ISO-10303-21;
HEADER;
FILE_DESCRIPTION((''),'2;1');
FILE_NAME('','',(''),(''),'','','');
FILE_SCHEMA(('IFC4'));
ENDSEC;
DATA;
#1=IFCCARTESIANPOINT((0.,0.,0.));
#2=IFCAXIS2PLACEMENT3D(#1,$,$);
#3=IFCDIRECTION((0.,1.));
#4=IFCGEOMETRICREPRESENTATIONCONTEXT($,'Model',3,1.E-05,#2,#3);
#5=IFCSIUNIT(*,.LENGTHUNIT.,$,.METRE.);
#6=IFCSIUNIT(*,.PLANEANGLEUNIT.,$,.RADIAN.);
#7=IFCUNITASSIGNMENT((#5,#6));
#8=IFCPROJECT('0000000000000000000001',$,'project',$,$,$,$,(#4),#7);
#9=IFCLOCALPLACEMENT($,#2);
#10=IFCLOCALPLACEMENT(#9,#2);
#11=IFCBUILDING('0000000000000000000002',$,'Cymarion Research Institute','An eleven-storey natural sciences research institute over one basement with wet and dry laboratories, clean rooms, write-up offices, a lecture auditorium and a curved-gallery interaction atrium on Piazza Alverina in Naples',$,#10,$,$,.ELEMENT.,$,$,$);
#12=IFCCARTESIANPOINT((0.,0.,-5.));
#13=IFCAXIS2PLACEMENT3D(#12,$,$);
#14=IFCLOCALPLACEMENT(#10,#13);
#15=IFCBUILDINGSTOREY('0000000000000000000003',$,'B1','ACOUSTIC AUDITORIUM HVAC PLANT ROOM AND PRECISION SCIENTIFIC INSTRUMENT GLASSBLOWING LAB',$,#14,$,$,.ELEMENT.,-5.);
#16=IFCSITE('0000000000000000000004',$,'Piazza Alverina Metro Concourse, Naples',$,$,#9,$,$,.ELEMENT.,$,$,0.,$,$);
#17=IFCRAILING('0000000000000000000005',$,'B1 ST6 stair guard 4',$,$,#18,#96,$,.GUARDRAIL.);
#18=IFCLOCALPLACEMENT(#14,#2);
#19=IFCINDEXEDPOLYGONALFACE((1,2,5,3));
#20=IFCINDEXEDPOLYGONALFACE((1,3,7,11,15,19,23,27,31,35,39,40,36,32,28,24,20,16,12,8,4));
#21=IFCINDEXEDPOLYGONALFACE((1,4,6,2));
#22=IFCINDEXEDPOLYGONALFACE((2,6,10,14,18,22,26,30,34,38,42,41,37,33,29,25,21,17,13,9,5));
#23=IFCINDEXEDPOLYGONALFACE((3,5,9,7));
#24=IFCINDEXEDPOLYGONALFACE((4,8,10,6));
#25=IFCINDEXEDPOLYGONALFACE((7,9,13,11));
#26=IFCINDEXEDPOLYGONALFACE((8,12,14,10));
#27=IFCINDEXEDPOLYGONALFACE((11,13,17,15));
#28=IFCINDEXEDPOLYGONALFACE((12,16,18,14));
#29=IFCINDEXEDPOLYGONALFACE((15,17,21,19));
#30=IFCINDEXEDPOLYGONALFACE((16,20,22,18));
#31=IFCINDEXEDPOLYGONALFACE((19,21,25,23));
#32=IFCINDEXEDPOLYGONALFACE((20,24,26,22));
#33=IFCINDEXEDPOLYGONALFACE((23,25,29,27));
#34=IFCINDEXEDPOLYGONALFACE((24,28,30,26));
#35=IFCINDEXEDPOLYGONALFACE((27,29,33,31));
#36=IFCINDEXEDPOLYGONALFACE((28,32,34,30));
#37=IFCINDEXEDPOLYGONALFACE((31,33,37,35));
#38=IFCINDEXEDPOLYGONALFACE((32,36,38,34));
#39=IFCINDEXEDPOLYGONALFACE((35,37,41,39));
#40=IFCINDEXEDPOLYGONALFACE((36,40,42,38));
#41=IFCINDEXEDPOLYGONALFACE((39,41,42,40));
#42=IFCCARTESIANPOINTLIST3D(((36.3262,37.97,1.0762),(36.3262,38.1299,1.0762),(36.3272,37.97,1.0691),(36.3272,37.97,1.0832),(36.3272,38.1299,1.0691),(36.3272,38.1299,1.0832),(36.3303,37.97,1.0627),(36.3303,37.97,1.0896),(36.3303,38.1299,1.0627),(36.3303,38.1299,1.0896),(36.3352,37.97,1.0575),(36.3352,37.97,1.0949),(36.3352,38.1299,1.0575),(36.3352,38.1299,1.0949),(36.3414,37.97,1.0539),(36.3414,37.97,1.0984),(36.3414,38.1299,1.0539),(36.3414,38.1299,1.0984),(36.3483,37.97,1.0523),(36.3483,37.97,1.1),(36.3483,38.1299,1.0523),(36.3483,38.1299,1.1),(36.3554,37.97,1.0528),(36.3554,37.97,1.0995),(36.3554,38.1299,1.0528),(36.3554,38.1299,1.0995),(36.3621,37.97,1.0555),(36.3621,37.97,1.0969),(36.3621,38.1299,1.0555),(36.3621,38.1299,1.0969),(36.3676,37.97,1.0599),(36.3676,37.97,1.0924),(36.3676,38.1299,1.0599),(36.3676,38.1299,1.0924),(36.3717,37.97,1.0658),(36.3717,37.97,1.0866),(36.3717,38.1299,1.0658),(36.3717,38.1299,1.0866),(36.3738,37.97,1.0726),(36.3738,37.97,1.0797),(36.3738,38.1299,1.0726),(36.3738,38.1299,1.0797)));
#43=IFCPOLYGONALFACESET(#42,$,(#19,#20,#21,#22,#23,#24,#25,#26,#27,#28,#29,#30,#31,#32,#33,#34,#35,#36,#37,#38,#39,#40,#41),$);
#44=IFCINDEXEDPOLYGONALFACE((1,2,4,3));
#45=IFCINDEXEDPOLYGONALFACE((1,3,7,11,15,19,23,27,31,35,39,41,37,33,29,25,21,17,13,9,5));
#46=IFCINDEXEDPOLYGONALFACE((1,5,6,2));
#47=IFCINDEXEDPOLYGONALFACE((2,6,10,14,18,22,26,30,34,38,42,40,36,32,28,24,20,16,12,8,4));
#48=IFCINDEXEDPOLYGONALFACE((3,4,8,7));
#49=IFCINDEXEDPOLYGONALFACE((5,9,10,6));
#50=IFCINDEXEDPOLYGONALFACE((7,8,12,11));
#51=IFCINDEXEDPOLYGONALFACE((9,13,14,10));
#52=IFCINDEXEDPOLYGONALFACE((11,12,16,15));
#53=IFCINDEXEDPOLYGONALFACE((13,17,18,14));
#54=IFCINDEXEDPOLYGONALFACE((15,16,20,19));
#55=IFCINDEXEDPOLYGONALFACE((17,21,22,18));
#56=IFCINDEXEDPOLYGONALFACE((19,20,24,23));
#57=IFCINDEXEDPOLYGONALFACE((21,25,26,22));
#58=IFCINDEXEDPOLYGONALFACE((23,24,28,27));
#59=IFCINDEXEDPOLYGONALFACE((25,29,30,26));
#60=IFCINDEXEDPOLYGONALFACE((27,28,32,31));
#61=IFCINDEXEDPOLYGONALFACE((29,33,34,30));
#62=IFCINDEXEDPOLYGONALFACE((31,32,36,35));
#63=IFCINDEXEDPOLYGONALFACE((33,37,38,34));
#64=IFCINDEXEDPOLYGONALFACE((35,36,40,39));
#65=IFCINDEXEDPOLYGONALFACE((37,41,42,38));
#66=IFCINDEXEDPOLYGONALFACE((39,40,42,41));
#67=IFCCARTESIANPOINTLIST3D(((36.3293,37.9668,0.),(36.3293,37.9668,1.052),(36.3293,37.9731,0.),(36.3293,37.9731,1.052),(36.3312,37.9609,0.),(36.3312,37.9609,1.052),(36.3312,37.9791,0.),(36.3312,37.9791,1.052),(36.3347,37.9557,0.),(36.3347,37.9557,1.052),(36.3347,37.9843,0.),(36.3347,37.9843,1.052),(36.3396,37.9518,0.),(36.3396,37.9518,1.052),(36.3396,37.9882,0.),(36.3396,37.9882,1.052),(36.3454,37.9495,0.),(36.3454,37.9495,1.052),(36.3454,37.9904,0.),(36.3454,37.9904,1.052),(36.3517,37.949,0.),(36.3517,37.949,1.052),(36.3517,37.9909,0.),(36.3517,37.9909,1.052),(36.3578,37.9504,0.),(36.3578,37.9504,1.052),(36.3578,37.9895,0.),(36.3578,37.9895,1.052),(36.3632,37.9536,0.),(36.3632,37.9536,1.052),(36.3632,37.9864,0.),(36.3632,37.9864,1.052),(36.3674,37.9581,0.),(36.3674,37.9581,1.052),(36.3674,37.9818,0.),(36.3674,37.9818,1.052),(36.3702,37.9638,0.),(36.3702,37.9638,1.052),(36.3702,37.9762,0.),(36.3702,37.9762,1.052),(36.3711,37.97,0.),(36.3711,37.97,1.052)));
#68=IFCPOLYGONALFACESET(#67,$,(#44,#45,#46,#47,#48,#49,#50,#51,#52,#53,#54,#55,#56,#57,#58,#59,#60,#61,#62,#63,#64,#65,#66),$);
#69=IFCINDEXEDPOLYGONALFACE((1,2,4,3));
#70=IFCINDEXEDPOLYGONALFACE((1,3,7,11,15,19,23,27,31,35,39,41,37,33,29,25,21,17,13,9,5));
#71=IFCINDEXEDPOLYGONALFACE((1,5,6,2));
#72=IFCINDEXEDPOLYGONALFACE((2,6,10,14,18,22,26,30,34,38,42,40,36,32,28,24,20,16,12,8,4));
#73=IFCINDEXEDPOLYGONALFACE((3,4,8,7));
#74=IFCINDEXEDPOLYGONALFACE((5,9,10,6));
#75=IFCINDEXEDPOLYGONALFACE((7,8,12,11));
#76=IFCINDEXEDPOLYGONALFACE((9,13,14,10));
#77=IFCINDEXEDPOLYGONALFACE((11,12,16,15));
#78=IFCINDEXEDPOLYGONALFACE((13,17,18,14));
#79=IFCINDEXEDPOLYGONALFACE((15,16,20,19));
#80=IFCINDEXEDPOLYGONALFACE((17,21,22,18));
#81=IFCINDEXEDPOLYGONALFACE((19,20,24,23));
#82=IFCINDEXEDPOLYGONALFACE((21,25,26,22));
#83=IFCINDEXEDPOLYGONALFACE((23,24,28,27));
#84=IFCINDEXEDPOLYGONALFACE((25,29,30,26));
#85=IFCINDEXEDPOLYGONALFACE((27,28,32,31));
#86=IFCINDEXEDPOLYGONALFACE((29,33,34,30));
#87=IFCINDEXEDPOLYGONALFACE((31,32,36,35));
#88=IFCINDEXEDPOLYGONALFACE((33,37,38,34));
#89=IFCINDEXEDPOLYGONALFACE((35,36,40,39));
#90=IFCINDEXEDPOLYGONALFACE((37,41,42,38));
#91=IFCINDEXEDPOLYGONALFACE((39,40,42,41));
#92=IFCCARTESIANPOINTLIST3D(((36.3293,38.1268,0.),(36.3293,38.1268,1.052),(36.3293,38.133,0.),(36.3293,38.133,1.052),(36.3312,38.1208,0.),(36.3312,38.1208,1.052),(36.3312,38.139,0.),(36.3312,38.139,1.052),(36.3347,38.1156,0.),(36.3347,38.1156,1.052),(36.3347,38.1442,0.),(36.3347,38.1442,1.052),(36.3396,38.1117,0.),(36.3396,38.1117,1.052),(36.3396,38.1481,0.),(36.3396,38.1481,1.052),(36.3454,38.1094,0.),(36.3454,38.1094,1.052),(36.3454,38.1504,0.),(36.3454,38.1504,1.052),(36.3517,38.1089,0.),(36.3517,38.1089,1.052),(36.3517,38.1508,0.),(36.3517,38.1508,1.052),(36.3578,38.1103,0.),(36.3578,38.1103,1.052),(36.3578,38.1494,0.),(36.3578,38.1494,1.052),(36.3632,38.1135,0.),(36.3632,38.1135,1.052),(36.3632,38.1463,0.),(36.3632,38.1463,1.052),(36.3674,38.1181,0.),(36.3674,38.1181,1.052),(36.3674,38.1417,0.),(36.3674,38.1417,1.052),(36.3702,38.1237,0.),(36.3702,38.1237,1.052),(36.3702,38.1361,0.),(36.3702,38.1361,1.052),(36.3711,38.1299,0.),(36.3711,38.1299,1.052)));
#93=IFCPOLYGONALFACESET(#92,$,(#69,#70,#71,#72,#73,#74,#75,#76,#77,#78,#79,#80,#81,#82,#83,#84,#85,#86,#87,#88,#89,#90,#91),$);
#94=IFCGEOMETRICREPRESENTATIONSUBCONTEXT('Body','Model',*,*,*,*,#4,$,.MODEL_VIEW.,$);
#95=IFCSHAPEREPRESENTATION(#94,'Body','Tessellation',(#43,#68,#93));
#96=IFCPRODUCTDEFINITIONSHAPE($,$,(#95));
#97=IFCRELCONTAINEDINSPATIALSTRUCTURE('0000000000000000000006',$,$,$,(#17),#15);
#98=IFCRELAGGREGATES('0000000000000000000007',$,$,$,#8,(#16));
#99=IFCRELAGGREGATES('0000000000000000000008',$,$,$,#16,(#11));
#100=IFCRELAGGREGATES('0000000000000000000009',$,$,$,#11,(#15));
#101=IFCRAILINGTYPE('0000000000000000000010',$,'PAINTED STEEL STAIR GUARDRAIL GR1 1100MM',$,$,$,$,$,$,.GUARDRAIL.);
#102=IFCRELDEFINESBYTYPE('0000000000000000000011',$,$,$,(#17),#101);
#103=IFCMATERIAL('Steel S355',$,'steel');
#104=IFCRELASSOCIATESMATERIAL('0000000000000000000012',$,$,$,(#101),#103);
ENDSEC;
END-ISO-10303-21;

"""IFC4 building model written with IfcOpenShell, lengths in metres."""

from ifc_helpers import new_model, si_unit, direction, frame, origin, origin_2d, place, context, subcontext, project, spatial, circle, extrude, material, type_object, element, save


model = new_model("IFC4")

# Units and contexts
model_context = context("Model", 3, precision=1e-05, world=origin(), true_north=direction((0.0, 1.0)))
body_context = subcontext(model_context, "Body", "Model", "MODEL_VIEW")
ifc_project = project(units=[si_unit("LENGTHUNIT", "METRE"), si_unit("PLANEANGLEUNIT", "RADIAN")], contexts=[model_context])

# Site, building, storey
site_placement = place(None, origin())
site = spatial("IfcSite", under=ifc_project, at=site_placement, Name="Piazza Alverina Metro Concourse, Naples", CompositionType="ELEMENT", RefElevation=0.0)
building_placement = place(site_placement, origin())
building = spatial("IfcBuilding", under=site, at=building_placement, Name="Cymarion Research Institute", Description="An eleven-storey natural sciences research institute over one basement with wet and dry laboratories, clean rooms, write-up offices, a lecture auditorium and a curved-gallery interaction atrium on Piazza Alverina in Naples", CompositionType="ELEMENT")
storey_placement = place(building_placement, frame((0.0, 0.0, -5.0)))
storey = spatial("IfcBuildingStorey", under=building, at=storey_placement, Name="B1", Description="ACOUSTIC AUDITORIUM HVAC PLANT ROOM AND PRECISION SCIENTIFIC INSTRUMENT GLASSBLOWING LAB", CompositionType="ELEMENT", Elevation=-5.0)

# Shared definitions
ifc_material_1 = material(Name="Steel S355", Category="steel")

# Railing
railing_type_1 = type_object("IfcRailingType", Name="PAINTED STEEL STAIR GUARDRAIL GR1 1100MM", PredefinedType="GUARDRAIL", material=ifc_material_1)
railing_1_placement = place(storey_placement, frame((36.3501, 37.97, 0.0)))
element("IfcRailing", 1, at=railing_1_placement, inside=storey, type_object=railing_type_1, Name="B1 ST6 stair guard 4", PredefinedType="GUARDRAIL", context=body_context, shape_type="SweptSolid", body=[
    extrude(circle(Radius=0.0239, at=origin_2d()), frame((0.0, 0.0, 1.0762), z_axis=(0.0, 1.0, 0.0), x_axis=(-1.0, 0.0, 0.0)), (0.0, 0.0, 1.0), 0.1599),
    extrude(circle(Radius=0.021, at=origin_2d()), origin(), (0.0, 0.0, 1.0), 1.052),
    extrude(circle(Radius=0.021, at=origin_2d()), frame((0.0, 0.1599, 0.0)), (0.0, 0.0, 1.0), 1.052),
])

save(model, "model.ifc")
